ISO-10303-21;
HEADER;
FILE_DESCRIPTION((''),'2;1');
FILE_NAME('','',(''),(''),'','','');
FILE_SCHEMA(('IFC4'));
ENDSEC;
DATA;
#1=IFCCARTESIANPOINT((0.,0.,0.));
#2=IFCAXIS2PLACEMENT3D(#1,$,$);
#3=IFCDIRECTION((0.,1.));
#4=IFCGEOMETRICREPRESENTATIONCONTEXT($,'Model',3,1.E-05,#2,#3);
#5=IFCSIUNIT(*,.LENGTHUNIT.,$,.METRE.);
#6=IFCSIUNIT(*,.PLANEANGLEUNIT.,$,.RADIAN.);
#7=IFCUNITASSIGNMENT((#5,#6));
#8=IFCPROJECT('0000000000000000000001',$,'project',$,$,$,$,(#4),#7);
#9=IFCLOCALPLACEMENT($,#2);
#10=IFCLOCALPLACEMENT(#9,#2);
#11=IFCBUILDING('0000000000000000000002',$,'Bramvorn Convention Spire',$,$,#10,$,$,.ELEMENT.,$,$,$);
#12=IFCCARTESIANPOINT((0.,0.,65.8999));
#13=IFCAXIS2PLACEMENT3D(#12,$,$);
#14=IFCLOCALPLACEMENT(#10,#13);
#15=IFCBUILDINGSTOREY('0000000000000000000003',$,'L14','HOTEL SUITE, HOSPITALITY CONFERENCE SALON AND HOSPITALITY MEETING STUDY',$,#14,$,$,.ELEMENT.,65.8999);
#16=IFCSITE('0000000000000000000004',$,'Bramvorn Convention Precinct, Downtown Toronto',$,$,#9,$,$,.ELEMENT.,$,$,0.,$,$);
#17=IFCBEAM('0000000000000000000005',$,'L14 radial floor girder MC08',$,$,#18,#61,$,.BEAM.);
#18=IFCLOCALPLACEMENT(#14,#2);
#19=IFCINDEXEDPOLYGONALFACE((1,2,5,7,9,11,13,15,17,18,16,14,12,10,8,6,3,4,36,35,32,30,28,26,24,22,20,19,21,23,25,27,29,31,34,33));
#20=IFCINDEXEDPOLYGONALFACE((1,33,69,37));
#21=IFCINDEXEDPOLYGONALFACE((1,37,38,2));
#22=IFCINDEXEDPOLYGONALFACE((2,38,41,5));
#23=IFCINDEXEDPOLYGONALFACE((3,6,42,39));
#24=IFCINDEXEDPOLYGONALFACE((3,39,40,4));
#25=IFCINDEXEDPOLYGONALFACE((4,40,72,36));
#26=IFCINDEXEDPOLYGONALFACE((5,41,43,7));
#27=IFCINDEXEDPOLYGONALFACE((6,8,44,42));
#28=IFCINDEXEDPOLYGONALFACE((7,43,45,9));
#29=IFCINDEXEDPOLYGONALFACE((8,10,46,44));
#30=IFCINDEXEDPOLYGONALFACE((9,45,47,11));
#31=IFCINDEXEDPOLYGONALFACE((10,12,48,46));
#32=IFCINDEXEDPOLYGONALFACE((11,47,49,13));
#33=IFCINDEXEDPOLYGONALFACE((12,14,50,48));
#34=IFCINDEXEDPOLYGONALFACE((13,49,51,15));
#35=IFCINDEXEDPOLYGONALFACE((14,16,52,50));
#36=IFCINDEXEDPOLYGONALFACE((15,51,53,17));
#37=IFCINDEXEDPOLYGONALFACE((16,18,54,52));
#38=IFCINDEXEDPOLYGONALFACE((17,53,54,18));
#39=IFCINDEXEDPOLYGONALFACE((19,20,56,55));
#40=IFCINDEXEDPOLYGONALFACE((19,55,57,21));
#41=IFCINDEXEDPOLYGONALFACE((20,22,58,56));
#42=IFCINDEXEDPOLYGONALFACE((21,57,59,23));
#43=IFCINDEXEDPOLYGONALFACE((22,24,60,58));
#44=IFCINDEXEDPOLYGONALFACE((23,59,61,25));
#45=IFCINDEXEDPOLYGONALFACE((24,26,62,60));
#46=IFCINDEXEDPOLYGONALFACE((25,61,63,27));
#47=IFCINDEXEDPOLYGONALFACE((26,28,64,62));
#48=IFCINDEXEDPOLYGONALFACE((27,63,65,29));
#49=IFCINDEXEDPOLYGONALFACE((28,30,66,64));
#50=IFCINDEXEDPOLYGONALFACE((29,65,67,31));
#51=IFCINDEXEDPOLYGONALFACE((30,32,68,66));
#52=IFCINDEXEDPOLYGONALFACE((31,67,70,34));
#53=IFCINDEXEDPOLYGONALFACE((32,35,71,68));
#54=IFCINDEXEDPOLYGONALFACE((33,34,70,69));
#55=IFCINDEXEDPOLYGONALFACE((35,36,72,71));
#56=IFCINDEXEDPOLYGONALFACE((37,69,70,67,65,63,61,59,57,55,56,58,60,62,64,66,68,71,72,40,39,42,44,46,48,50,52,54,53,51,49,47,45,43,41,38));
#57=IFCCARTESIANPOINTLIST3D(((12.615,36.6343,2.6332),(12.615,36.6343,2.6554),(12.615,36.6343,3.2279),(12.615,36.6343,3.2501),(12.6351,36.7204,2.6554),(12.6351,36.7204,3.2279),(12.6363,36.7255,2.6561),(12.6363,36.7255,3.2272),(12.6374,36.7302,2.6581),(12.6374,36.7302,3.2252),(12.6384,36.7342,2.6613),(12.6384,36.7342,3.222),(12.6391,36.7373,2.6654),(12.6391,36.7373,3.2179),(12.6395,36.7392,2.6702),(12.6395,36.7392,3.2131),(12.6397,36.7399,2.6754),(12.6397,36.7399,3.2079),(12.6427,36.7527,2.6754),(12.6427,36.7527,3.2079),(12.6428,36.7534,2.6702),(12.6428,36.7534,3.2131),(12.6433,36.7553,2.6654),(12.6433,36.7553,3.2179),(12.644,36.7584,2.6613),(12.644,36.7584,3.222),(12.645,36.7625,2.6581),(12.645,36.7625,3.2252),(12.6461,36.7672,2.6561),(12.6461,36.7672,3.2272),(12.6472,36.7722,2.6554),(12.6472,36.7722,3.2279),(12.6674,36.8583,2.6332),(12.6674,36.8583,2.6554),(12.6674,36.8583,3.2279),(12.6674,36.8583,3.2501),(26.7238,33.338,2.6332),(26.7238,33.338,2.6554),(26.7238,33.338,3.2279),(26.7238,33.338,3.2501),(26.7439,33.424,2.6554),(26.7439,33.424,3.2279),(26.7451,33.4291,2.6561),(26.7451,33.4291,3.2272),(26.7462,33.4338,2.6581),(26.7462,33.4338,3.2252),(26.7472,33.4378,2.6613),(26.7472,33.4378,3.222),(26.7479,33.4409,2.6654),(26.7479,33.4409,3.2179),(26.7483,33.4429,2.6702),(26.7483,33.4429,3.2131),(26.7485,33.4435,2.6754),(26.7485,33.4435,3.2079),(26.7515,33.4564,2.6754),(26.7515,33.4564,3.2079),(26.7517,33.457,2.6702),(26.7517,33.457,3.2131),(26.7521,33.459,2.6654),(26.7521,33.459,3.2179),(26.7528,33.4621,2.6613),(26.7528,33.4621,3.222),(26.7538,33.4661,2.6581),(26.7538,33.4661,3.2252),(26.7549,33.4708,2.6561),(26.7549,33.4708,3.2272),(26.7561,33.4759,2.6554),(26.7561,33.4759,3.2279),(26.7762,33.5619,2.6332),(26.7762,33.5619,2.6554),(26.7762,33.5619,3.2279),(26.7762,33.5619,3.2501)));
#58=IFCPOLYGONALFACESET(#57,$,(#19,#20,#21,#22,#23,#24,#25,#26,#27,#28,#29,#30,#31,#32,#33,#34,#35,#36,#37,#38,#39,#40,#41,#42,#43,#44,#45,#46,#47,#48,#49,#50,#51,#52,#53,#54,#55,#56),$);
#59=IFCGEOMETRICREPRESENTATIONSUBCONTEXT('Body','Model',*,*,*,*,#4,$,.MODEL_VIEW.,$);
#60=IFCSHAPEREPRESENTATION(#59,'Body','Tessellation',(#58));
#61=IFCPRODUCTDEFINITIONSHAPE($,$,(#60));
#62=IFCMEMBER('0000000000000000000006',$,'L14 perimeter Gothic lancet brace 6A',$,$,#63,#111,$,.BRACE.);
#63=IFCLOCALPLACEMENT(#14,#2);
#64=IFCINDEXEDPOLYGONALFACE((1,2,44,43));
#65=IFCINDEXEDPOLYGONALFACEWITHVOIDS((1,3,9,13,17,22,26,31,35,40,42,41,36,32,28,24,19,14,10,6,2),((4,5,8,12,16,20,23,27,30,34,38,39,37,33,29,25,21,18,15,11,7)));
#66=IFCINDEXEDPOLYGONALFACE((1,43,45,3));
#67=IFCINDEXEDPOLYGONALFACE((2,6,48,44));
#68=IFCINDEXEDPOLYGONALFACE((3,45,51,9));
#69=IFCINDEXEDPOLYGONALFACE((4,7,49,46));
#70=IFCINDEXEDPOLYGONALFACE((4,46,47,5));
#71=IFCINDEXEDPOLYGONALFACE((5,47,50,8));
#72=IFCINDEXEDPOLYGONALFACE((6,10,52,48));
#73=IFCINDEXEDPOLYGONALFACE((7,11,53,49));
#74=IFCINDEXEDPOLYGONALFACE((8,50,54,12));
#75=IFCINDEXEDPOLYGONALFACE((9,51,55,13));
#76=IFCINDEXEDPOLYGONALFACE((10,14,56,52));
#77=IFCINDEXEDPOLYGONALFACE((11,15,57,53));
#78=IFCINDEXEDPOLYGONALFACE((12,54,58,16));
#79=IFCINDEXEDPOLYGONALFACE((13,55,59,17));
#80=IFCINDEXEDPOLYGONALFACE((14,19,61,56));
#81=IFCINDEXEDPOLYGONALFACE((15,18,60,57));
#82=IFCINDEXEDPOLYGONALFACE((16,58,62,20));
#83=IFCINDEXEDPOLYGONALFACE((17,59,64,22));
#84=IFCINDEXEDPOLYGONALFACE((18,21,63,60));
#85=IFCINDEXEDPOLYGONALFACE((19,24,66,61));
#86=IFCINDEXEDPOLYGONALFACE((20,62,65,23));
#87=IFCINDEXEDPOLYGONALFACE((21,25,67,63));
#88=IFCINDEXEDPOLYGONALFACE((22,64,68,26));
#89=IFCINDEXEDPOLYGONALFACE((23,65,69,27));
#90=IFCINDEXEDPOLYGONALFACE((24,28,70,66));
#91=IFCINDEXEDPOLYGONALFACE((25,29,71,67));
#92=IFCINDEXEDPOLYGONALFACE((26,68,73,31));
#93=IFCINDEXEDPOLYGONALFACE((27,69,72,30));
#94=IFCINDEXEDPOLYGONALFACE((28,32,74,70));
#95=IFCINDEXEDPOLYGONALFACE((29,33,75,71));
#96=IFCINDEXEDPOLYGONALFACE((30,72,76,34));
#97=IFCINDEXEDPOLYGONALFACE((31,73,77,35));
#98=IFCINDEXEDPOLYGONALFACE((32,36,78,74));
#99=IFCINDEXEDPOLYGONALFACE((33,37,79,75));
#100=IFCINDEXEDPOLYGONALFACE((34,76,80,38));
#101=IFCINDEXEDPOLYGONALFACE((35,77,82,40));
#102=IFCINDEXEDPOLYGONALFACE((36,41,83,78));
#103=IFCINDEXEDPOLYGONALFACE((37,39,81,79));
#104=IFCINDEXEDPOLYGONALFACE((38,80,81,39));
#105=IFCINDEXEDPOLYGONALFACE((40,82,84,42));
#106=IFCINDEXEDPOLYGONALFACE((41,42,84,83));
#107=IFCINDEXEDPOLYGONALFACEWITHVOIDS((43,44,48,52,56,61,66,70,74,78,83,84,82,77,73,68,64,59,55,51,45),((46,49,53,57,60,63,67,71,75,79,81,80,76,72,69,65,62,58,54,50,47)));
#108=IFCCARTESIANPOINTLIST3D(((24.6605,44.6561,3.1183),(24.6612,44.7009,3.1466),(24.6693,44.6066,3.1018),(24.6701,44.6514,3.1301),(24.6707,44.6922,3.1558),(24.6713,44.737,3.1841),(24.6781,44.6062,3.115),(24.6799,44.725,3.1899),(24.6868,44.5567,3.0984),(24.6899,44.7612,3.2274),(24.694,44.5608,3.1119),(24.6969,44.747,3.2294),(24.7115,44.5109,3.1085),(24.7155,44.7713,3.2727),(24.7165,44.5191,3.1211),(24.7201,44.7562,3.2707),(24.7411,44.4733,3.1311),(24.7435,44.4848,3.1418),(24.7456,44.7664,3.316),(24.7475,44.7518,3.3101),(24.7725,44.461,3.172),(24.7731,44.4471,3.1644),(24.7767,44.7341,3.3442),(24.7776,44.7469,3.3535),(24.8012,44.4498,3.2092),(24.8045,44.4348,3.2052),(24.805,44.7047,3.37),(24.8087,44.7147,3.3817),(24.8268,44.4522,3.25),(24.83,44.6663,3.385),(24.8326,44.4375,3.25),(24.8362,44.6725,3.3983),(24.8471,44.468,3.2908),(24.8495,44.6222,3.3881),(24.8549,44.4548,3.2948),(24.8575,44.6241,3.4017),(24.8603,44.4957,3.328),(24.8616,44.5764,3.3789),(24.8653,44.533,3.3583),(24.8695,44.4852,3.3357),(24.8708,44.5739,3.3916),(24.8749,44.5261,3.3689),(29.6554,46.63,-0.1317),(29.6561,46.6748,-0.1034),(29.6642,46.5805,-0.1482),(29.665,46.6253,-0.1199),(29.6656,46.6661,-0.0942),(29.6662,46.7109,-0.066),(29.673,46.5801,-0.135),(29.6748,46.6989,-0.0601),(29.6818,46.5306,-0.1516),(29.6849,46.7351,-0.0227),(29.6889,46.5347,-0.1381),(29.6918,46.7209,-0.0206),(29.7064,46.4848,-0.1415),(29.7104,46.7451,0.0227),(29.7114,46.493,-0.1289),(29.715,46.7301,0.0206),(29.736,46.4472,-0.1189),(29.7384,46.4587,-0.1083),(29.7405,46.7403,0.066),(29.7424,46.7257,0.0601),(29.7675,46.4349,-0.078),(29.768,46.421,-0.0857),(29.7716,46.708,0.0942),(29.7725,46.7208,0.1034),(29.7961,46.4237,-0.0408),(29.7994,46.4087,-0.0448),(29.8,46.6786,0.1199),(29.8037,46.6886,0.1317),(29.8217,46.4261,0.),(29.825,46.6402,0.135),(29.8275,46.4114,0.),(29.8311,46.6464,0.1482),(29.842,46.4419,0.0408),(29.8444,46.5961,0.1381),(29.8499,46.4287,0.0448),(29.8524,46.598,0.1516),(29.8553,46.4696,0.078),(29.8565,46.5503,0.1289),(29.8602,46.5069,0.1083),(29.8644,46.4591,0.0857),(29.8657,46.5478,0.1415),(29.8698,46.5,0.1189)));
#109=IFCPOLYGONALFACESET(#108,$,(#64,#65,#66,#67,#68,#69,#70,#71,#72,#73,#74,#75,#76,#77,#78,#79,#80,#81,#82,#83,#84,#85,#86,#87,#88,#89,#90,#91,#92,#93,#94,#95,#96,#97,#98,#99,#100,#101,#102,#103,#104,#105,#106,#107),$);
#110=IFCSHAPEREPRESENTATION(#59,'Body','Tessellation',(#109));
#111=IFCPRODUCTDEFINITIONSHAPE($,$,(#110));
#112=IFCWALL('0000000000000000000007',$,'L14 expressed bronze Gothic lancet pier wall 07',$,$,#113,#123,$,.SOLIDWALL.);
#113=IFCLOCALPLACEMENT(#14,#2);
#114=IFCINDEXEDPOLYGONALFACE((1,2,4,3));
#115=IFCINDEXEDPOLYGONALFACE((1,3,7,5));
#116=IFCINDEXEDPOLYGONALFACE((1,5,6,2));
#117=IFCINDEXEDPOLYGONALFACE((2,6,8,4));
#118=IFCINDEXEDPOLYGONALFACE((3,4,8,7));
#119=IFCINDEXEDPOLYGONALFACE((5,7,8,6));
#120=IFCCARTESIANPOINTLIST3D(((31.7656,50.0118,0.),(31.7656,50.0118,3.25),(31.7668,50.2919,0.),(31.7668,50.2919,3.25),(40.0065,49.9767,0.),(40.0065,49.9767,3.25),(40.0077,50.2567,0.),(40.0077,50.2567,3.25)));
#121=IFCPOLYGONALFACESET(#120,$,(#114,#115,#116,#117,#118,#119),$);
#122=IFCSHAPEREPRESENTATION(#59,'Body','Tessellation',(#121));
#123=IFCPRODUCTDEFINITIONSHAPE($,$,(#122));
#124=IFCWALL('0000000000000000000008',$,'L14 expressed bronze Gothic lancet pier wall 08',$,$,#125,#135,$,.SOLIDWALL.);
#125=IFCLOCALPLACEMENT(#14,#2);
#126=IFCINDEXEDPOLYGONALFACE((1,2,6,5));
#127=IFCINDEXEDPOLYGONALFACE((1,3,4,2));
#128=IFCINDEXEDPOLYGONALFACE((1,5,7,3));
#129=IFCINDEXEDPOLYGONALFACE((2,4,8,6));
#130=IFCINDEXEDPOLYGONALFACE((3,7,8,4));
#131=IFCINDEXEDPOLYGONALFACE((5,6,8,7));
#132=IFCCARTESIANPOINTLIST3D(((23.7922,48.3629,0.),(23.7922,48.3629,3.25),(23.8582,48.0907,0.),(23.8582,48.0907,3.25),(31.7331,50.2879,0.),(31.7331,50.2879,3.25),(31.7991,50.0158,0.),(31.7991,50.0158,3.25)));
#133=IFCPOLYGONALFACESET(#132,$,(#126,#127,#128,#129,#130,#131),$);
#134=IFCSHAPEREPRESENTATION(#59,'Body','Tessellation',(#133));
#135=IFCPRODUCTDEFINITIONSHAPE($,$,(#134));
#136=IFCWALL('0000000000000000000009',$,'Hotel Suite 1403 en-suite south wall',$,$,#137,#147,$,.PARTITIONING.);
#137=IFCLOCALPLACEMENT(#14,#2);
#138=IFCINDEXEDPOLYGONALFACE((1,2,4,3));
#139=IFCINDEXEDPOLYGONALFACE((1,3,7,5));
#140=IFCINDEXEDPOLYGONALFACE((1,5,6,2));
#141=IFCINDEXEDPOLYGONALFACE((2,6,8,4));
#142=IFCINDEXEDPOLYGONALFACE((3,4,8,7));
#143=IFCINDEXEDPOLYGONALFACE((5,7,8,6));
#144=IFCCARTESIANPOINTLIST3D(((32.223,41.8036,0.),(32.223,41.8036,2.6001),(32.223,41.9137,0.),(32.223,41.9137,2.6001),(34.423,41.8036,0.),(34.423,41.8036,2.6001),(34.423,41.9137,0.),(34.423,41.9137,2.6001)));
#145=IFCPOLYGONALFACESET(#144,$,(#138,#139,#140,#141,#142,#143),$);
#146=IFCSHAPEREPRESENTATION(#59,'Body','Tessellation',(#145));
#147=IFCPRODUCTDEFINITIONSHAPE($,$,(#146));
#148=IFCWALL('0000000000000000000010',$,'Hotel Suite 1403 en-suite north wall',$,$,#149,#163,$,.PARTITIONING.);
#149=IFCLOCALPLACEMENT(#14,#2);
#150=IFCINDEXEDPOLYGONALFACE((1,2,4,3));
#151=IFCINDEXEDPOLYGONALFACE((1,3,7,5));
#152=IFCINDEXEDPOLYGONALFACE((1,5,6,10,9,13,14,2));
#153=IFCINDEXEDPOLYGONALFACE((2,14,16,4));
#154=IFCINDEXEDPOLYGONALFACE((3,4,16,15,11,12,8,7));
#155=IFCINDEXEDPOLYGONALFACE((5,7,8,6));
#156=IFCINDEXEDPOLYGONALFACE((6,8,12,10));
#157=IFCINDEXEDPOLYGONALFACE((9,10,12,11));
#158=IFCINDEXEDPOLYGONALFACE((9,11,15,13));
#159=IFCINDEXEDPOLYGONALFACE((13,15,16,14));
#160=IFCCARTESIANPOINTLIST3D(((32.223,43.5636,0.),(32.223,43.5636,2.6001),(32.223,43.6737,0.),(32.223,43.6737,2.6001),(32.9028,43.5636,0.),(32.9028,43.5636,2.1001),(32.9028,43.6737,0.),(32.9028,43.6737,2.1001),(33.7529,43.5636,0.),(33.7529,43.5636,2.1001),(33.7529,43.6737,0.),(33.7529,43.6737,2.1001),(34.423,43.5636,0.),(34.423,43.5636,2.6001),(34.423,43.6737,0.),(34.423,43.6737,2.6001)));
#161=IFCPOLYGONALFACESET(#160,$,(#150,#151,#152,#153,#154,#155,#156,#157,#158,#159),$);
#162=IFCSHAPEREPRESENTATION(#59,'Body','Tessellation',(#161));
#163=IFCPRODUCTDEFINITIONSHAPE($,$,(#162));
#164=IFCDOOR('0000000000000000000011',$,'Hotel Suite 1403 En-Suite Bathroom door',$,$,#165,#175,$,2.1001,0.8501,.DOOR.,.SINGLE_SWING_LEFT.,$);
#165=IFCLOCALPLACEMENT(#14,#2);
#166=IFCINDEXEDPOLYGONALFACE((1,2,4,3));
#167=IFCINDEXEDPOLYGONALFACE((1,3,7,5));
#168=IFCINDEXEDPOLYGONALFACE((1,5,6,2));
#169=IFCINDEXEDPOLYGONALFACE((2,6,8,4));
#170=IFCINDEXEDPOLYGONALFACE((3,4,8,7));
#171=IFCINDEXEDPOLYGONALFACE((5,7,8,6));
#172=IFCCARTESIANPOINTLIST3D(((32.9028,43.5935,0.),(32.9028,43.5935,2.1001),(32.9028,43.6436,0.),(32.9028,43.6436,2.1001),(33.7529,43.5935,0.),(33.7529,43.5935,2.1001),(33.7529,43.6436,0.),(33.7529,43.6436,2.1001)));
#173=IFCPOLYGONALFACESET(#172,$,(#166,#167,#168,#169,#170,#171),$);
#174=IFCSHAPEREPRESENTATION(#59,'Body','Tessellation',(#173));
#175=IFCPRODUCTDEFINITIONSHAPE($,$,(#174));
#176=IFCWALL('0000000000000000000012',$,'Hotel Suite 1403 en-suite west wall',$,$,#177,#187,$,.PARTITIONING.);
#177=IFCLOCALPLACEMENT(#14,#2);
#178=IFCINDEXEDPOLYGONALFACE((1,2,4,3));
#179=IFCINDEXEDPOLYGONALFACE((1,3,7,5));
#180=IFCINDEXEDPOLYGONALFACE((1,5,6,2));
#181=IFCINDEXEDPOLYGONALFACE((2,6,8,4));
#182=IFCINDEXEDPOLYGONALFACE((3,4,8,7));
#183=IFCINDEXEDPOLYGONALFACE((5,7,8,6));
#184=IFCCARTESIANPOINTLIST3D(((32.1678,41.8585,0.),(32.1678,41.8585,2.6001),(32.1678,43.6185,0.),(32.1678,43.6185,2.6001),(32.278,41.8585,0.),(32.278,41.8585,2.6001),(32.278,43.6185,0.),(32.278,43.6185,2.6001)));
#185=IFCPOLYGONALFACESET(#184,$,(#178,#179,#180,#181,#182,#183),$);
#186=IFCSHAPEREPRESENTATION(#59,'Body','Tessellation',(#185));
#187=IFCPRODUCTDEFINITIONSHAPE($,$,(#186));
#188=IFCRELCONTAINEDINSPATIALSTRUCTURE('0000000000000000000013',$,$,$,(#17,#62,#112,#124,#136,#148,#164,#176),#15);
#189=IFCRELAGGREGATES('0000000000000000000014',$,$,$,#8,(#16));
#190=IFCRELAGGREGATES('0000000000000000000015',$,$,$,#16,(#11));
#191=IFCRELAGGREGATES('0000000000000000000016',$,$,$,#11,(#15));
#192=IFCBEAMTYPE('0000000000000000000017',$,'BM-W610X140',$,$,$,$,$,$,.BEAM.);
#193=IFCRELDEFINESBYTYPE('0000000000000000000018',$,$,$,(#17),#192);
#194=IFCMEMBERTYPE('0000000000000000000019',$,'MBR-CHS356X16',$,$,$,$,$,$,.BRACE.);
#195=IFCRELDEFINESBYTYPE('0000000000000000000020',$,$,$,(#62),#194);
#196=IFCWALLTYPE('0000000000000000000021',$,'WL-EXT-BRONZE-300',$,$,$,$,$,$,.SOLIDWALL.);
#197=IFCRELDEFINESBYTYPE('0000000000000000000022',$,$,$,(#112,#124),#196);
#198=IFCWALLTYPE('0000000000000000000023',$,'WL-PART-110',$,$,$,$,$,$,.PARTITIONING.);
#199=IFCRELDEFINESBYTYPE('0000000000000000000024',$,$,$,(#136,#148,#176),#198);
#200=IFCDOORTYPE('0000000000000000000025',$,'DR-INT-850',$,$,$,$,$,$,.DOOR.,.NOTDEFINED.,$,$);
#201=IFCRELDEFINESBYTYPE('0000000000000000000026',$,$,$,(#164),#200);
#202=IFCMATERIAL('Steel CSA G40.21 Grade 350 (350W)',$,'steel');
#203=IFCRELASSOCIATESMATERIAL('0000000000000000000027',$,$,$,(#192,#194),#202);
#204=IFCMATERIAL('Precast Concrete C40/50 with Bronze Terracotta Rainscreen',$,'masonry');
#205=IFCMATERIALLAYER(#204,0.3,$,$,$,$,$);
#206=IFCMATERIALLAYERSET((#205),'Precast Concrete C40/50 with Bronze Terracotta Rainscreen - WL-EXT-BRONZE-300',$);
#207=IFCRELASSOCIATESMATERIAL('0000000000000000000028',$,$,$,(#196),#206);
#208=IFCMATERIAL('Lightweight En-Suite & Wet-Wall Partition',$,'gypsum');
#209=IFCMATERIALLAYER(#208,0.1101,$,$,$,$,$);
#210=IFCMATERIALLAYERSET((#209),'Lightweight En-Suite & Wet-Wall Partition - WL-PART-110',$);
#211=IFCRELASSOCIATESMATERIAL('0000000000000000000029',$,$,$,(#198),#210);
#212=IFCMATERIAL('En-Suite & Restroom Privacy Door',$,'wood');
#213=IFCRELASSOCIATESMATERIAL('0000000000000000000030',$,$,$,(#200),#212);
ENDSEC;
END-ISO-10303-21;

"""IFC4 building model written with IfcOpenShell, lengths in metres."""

from ifc_helpers import new_model, si_unit, direction, frame, frame_2d, origin, origin_2d, place, context, subcontext, project, spatial, rectangle, hollow_circle, i_section, extrude, material, layer, layer_set, material_profile, profile_set, type_object, element, fill, save


model = new_model("IFC4")

# Units and contexts
model_context = context("Model", 3, precision=1e-05, world=origin(), true_north=direction((0.0, 1.0)))
body_context = subcontext(model_context, "Body", "Model", "MODEL_VIEW")
ifc_project = project(units=[si_unit("LENGTHUNIT", "METRE"), si_unit("PLANEANGLEUNIT", "RADIAN")], contexts=[model_context])

# Site, building, storey
site_placement = place(None, origin())
site = spatial("IfcSite", under=ifc_project, at=site_placement, Name="Bramvorn Convention Precinct, Downtown Toronto", CompositionType="ELEMENT", RefElevation=0.0)
building_placement = place(site_placement, origin())
building = spatial("IfcBuilding", under=site, at=building_placement, Name="Bramvorn Convention Spire", CompositionType="ELEMENT")
storey_placement = place(building_placement, frame((0.0, 0.0, 65.8999)))
storey = spatial("IfcBuildingStorey", under=building, at=storey_placement, Name="L14", Description="HOTEL SUITE, HOSPITALITY CONFERENCE SALON AND HOSPITALITY MEETING STUDY", CompositionType="ELEMENT", Elevation=65.8999)

# Shared definitions
ifc_material_1 = material(Name="Steel CSA G40.21 Grade 350 (350W)", Category="steel")

# Beam
ifc_material_profile_1 = material_profile(ifc_material_1, i_section(OverallWidth=0.23, OverallDepth=0.6169, WebThickness=0.0132, FlangeThickness=0.0222, FilletRadius=0.02, at=origin_2d()))
ifc_profile_set_1 = profile_set([ifc_material_profile_1], Name="Steel CSA G40.21 Grade 350 (350W) - W610X140")
beam_type_1 = type_object("IfcBeamType", Name="BM-W610X140", PredefinedType="BEAM", material=ifc_profile_set_1)
beam_1_placement = place(storey_placement, frame((26.75, 33.45, 2.9417), z_axis=(-0.973775, 0.227512, 0.0), x_axis=(-0.227512, -0.973775, 0.0)))
element("IfcBeam", 1, at=beam_1_placement, inside=storey, type_object=beam_type_1, Name="L14 radial floor girder MC08", PredefinedType="BEAM", context=body_context, shape_type="SweptSolid", body=[
    extrude(i_section(OverallWidth=0.23, OverallDepth=0.6169, WebThickness=0.0132, FlangeThickness=0.0222, FilletRadius=0.02, at=origin_2d()), origin(), (0.0, 0.0, 1.0), 14.4888),
])

# Member
ifc_material_profile_2 = material_profile(ifc_material_1, hollow_circle(Radius=0.1777, WallThickness=0.0159, at=origin_2d()))
ifc_profile_set_2 = profile_set([ifc_material_profile_2], Name="Steel CSA G40.21 Grade 350 (350W) - CHS356X16")
member_type = type_object("IfcMemberType", Name="MBR-CHS356X16", PredefinedType="BRACE", material=ifc_profile_set_2)
member_placement = place(storey_placement, frame((29.7622, 46.5767, 0.0), z_axis=(-0.795674, -0.314435, 0.517719), x_axis=(0.367524, -0.930014, 0.0)))
element("IfcMember", 2, at=member_placement, inside=storey, type_object=member_type, Name="L14 perimeter Gothic lancet brace 6A", PredefinedType="BRACE", context=body_context, shape_type="SweptSolid", body=[
    extrude(hollow_circle(Radius=0.1777, WallThickness=0.0159, at=origin_2d()), origin(), (0.0, 0.0, 1.0), 6.2776),
])

# Walls
ifc_material_2 = material(Name="Precast Concrete C40/50 with Bronze Terracotta Rainscreen", Category="masonry")
ifc_layer_1 = layer(ifc_material_2, 0.3)
ifc_layer_set_1 = layer_set([ifc_layer_1], Name="Precast Concrete C40/50 with Bronze Terracotta Rainscreen - WL-EXT-BRONZE-300")
wall_type_1 = type_object("IfcWallType", Name="WL-EXT-BRONZE-300", PredefinedType="SOLIDWALL", material=ifc_layer_set_1)
wall_1_placement = place(storey_placement, frame((31.7661, 50.1519, 0.0), z_axis=(0.0, 0.0, 1.0), x_axis=(0.999991, -0.004266, 0.0)))
element("IfcWall", 3, at=wall_1_placement, inside=storey, type_object=wall_type_1, Name="L14 expressed bronze Gothic lancet pier wall 07", PredefinedType="SOLIDWALL", context=body_context, shape_type="SweptSolid", body=[
    extrude(rectangle(XDim=8.241, YDim=0.28, at=frame_2d((4.1206, 0.0))), origin(), (0.0, 0.0, 1.0), 3.25),
])
wall_2_placement = place(storey_placement, frame((23.8252, 48.2268, 0.0), z_axis=(0.0, 0.0, 1.0), x_axis=(0.971851, 0.235597, 0.0)))
element("IfcWall", 4, at=wall_2_placement, inside=storey, type_object=wall_type_1, Name="L14 expressed bronze Gothic lancet pier wall 08", PredefinedType="SOLIDWALL", context=body_context, shape_type="SweptSolid", body=[
    extrude(rectangle(XDim=8.1709, YDim=0.28, at=frame_2d((4.0854, 0.0))), origin(), (0.0, 0.0, 1.0), 3.25),
])
ifc_material_3 = material(Name="Lightweight En-Suite & Wet-Wall Partition", Category="gypsum")
ifc_layer_2 = layer(ifc_material_3, 0.1101)
ifc_layer_set_2 = layer_set([ifc_layer_2], Name="Lightweight En-Suite & Wet-Wall Partition - WL-PART-110")
wall_type_2 = type_object("IfcWallType", Name="WL-PART-110", PredefinedType="PARTITIONING", material=ifc_layer_set_2)
wall_3_placement = place(storey_placement, frame((32.2229, 41.8586, 0.0), z_axis=(0.0, 0.0, 1.0), x_axis=(1.0, 0.0, 0.0)))
element("IfcWall", 5, at=wall_3_placement, inside=storey, type_object=wall_type_2, Name="Hotel Suite 1403 en-suite south wall", PredefinedType="PARTITIONING", context=body_context, shape_type="SweptSolid", body=[
    extrude(rectangle(XDim=2.2, YDim=0.1101, at=frame_2d((1.1001, 0.0))), origin(), (0.0, 0.0, 1.0), 2.6001),
])

# Wall, opening, door
wall_4_placement = place(storey_placement, frame((32.2229, 43.6187, 0.0), z_axis=(0.0, 0.0, 1.0), x_axis=(1.0, 0.0, 0.0)))
wall_4 = element("IfcWall", 6, at=wall_4_placement, inside=storey, type_object=wall_type_2, Name="Hotel Suite 1403 en-suite north wall", PredefinedType="PARTITIONING", context=body_context, shape_type="SweptSolid", body=[
    extrude(rectangle(XDim=2.2, YDim=0.1101, at=frame_2d((1.1001, 0.0))), origin(), (0.0, 0.0, 1.0), 2.6001),
])
opening_1_placement = place(wall_4_placement, frame((0.6799, 0.0, 0.0)))
opening_1 = element("IfcOpeningElement", 7, at=opening_1_placement, cuts=wall_4, PredefinedType="OPENING", context=body_context, shape_type="SweptSolid", body=[
    extrude(rectangle(XDim=0.8501, YDim=2.1001, at=frame_2d((0.425, 1.05))), frame((0.0, 0.0649, 0.0), z_axis=(0.0, -1.0, 0.0), x_axis=(1.0, 0.0, 0.0)), (0.0, 0.0, 1.0), 0.1301),
])
ifc_material_4 = material(Name="En-Suite & Restroom Privacy Door", Category="wood")
door_type_1 = type_object("IfcDoorType", Name="DR-INT-850", OperationType="NOTDEFINED", PredefinedType="DOOR", material=ifc_material_4)
door_1_placement = place(opening_1_placement, origin())
door_1 = element("IfcDoor", 8, at=door_1_placement, inside=storey, type_object=door_type_1, Name="Hotel Suite 1403 En-Suite Bathroom door", OperationType="SINGLE_SWING_LEFT", OverallHeight=2.1001, OverallWidth=0.8501, PredefinedType="DOOR", context=body_context, shape_type="SweptSolid", body=[
    extrude(rectangle(XDim=0.8501, YDim=2.1001, at=frame_2d((0.425, 1.05))), frame((0.0, 0.0249, 0.0), z_axis=(0.0, -1.0, 0.0), x_axis=(1.0, 0.0, 0.0)), (0.0, 0.0, 1.0), 0.05),
])
fill(opening_1, door_1)

# Wall
wall_5_placement = place(storey_placement, frame((32.2229, 41.8586, 0.0), z_axis=(0.0, 0.0, 1.0), x_axis=(0.0, 1.0, 0.0)))
element("IfcWall", 9, at=wall_5_placement, inside=storey, type_object=wall_type_2, Name="Hotel Suite 1403 en-suite west wall", PredefinedType="PARTITIONING", context=body_context, shape_type="SweptSolid", body=[
    extrude(rectangle(XDim=1.76, YDim=0.1101, at=frame_2d((0.8799, 0.0))), origin(), (0.0, 0.0, 1.0), 2.6001),
])

save(model, "model.ifc")
